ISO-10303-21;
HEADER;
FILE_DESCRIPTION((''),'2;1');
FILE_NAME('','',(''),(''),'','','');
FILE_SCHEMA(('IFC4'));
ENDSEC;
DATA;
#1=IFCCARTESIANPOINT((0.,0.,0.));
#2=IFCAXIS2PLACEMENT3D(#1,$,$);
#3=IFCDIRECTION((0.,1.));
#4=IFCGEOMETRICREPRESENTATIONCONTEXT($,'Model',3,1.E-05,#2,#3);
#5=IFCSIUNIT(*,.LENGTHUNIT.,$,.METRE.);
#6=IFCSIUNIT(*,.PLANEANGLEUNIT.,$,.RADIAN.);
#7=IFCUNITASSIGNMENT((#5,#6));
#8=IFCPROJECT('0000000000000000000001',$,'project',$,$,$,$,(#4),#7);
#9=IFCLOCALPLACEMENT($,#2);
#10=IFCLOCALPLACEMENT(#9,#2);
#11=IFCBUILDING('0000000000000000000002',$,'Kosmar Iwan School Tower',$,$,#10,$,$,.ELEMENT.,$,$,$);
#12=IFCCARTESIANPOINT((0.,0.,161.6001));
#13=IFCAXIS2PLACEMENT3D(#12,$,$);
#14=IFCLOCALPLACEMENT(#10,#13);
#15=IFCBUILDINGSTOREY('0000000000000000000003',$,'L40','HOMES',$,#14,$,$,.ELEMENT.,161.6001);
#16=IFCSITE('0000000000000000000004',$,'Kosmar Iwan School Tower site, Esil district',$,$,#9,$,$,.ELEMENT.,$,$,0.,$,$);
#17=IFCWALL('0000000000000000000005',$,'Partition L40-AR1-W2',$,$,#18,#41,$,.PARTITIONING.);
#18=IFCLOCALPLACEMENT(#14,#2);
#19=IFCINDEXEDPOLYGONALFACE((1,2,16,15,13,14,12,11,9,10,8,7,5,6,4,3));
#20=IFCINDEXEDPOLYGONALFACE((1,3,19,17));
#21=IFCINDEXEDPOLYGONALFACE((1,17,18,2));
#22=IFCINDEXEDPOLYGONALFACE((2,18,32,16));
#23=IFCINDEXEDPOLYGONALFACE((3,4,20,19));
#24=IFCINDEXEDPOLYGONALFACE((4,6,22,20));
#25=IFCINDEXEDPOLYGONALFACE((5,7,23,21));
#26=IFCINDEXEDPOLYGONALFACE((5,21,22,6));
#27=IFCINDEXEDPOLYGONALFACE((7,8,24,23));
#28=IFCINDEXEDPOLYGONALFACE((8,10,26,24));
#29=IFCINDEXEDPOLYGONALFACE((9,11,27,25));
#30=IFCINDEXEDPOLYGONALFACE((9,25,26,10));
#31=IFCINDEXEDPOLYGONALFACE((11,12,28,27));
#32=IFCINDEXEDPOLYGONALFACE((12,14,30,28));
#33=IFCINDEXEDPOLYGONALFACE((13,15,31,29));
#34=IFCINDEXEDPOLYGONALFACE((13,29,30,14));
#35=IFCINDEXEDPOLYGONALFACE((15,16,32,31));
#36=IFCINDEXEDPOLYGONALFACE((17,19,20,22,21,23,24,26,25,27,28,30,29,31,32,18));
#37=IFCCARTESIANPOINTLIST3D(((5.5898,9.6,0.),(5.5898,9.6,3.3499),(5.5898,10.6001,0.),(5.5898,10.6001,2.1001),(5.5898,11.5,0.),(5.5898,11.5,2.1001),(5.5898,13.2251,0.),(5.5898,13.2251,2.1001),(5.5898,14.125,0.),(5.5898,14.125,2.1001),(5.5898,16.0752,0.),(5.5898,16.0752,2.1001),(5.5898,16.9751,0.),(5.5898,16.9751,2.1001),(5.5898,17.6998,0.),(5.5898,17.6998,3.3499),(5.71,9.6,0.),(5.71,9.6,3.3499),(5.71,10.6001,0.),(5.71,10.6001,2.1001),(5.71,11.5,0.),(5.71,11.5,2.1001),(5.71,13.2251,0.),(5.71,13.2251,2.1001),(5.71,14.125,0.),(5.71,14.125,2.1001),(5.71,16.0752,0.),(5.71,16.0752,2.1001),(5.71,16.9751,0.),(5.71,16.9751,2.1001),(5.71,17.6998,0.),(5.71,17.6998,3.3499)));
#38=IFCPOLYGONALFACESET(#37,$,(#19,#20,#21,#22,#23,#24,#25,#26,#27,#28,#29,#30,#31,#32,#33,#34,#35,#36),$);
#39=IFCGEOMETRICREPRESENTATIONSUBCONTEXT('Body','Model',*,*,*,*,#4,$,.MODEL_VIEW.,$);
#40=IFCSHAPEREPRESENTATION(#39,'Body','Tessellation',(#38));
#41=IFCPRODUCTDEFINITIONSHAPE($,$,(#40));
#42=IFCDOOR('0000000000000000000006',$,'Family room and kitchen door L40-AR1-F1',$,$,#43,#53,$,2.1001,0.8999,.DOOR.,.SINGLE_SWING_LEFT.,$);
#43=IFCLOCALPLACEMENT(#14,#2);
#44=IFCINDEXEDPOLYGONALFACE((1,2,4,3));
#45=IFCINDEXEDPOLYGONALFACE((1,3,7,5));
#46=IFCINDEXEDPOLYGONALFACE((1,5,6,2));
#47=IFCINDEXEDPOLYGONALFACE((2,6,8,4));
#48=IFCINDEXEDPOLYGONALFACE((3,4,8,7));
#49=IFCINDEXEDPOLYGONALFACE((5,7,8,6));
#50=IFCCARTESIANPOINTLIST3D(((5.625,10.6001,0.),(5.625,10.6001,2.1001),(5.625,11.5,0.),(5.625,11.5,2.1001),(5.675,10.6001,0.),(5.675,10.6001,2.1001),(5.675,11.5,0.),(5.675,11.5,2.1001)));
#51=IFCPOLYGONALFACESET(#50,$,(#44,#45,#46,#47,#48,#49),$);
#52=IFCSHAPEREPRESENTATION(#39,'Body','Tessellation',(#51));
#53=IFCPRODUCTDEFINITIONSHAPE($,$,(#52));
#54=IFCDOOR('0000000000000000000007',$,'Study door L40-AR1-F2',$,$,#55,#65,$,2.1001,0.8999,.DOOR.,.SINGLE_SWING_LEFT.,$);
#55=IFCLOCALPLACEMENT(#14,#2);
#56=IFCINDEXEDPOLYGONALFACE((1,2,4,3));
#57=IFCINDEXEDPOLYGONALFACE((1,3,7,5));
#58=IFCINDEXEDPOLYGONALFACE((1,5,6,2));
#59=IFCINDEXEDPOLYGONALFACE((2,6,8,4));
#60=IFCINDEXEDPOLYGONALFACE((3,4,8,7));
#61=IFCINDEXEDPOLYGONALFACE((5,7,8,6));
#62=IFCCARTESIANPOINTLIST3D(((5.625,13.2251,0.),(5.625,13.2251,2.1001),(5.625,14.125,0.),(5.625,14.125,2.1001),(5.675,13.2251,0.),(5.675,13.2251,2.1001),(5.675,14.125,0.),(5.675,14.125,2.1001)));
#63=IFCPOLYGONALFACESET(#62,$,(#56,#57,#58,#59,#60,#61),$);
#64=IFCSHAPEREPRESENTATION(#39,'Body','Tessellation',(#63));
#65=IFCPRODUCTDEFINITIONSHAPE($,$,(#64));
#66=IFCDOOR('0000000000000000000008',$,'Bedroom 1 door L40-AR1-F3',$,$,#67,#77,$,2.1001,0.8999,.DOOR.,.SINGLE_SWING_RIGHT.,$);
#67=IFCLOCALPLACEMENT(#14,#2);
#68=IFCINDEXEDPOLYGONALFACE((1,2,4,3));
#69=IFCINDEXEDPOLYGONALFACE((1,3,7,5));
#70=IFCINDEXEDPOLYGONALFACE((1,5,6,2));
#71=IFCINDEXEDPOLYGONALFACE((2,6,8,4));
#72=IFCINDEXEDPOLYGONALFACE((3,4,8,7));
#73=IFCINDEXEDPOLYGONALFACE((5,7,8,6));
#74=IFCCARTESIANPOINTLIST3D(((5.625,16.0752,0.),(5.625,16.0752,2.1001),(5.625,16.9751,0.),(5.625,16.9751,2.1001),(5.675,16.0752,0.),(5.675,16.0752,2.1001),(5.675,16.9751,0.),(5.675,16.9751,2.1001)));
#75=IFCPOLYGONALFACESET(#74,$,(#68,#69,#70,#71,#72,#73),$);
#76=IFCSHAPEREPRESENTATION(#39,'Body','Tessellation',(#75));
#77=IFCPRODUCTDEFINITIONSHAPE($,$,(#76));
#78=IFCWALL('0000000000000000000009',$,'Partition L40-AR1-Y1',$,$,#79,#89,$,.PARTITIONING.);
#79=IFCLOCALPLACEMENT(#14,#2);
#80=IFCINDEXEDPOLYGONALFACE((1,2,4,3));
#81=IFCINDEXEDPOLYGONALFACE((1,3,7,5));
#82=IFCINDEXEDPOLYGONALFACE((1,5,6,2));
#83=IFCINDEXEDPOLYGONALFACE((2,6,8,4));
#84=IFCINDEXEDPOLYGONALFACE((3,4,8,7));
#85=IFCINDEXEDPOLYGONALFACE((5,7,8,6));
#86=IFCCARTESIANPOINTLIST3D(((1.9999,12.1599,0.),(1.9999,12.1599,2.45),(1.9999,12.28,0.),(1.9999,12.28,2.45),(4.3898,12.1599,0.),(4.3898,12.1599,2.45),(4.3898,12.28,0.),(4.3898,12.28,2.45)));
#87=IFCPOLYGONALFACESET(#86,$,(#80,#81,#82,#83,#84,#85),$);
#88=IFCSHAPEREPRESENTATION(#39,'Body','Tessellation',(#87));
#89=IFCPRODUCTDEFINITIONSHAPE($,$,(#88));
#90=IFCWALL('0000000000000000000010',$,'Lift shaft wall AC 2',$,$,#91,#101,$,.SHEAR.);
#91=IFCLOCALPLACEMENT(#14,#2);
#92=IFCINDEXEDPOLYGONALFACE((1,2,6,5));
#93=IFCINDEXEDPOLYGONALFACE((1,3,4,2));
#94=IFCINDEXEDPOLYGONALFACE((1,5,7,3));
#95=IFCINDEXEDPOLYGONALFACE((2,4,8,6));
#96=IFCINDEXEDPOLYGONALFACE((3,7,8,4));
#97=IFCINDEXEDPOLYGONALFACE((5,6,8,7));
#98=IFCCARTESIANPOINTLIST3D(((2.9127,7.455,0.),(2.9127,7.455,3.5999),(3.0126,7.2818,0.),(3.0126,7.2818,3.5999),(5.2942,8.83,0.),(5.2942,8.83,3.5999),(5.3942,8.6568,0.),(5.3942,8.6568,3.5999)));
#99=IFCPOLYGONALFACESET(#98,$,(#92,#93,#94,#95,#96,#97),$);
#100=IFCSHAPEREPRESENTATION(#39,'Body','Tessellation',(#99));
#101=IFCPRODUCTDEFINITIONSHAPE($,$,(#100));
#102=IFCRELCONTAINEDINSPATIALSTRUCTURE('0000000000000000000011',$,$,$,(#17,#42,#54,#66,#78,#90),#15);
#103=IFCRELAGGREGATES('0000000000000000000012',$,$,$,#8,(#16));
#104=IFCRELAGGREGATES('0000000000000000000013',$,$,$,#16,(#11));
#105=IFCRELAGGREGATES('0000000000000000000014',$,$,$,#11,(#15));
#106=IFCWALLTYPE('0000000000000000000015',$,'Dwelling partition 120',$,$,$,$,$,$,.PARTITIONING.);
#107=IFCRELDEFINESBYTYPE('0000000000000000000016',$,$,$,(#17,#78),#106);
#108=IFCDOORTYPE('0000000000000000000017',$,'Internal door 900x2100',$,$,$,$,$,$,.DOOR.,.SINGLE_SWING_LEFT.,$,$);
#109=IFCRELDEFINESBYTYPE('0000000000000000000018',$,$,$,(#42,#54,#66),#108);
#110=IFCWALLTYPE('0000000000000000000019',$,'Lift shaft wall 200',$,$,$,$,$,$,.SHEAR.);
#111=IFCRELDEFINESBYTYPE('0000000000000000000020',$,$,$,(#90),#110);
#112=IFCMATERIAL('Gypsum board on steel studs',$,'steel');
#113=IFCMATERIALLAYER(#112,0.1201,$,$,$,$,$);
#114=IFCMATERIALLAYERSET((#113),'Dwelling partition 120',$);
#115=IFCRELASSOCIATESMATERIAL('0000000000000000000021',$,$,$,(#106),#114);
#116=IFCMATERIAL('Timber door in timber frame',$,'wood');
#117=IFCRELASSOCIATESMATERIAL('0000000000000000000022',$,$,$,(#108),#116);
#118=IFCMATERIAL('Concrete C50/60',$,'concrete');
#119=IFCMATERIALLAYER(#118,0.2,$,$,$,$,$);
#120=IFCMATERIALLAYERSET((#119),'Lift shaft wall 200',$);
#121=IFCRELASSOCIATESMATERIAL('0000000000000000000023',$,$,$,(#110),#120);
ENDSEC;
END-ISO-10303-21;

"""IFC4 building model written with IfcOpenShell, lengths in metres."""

from ifc_helpers import new_model, si_unit, direction, frame, frame_2d, origin, place, context, subcontext, project, spatial, rectangle, extrude, material, layer, layer_set, type_object, element, fill, save


model = new_model("IFC4")

# Units and contexts
model_context = context("Model", 3, precision=1e-05, world=origin(), true_north=direction((0.0, 1.0)))
body_context = subcontext(model_context, "Body", "Model", "MODEL_VIEW")
ifc_project = project(units=[si_unit("LENGTHUNIT", "METRE"), si_unit("PLANEANGLEUNIT", "RADIAN")], contexts=[model_context])

# Site, building, storey
site_placement = place(None, origin())
site = spatial("IfcSite", under=ifc_project, at=site_placement, Name="Kosmar Iwan School Tower site, Esil district", CompositionType="ELEMENT", RefElevation=0.0)
building_placement = place(site_placement, origin())
building = spatial("IfcBuilding", under=site, at=building_placement, Name="Kosmar Iwan School Tower", CompositionType="ELEMENT")
storey_placement = place(building_placement, frame((0.0, 0.0, 161.6001)))
storey = spatial("IfcBuildingStorey", under=building, at=storey_placement, Name="L40", Description="HOMES", CompositionType="ELEMENT", Elevation=161.6001)

# Wall, openings, doors
ifc_material_1 = material(Name="Gypsum board on steel studs", Category="steel")
ifc_layer_1 = layer(ifc_material_1, 0.1201)
ifc_layer_set_1 = layer_set([ifc_layer_1], Name="Dwelling partition 120")
wall_type_1 = type_object("IfcWallType", Name="Dwelling partition 120", PredefinedType="PARTITIONING", material=ifc_layer_set_1)
ifc_material_2 = material(Name="Timber door in timber frame", Category="wood")
door_type_1 = type_object("IfcDoorType", Name="Internal door 900x2100", OperationType="SINGLE_SWING_LEFT", PredefinedType="DOOR", material=ifc_material_2)
wall_1_placement = place(storey_placement, frame((5.6499, 9.6001, 0.0), z_axis=(0.0, 0.0, 1.0), x_axis=(0.0, 1.0, 0.0)))
wall_1 = element("IfcWall", 1, at=wall_1_placement, inside=storey, type_object=wall_type_1, Name="Partition L40-AR1-W2", PredefinedType="PARTITIONING", context=body_context, shape_type="SweptSolid", body=[
    extrude(rectangle(XDim=8.0999, YDim=0.1201, at=frame_2d((4.0498, 0.0))), origin(), (0.0, 0.0, 1.0), 3.3499),
])
opening_1_placement = place(wall_1_placement, frame((1.0, 0.0, 0.0)))
opening_1 = element("IfcOpeningElement", 2, at=opening_1_placement, cuts=wall_1, PredefinedType="OPENING", context=body_context, shape_type="SweptSolid", body=[
    extrude(rectangle(XDim=0.8999, YDim=2.1001, at=frame_2d((0.45, 1.05))), frame((0.0, 0.072, 0.0), z_axis=(0.0, -1.0, 0.0), x_axis=(1.0, 0.0, 0.0)), (0.0, 0.0, 1.0), 0.144),
])
opening_2_placement = place(wall_1_placement, frame((3.625, 0.0, 0.0)))
opening_2 = element("IfcOpeningElement", 3, at=opening_2_placement, cuts=wall_1, PredefinedType="OPENING", context=body_context, shape_type="SweptSolid", body=[
    extrude(rectangle(XDim=0.8999, YDim=2.1001, at=frame_2d((0.45, 1.05))), frame((0.0, 0.072, 0.0), z_axis=(0.0, -1.0, 0.0), x_axis=(1.0, 0.0, 0.0)), (0.0, 0.0, 1.0), 0.144),
])
opening_3_placement = place(wall_1_placement, frame((6.4751, 0.0, 0.0)))
opening_3 = element("IfcOpeningElement", 4, at=opening_3_placement, cuts=wall_1, PredefinedType="OPENING", context=body_context, shape_type="SweptSolid", body=[
    extrude(rectangle(XDim=0.8999, YDim=2.1001, at=frame_2d((0.45, 1.05))), frame((0.0, 0.072, 0.0), z_axis=(0.0, -1.0, 0.0), x_axis=(1.0, 0.0, 0.0)), (0.0, 0.0, 1.0), 0.144),
])
door_1_placement = place(opening_1_placement, origin())
door_1 = element("IfcDoor", 5, at=door_1_placement, inside=storey, type_object=door_type_1, Name="Family room and kitchen door L40-AR1-F1", OperationType="SINGLE_SWING_LEFT", OverallHeight=2.1001, OverallWidth=0.8999, PredefinedType="DOOR", context=body_context, shape_type="SweptSolid", body=[
    extrude(rectangle(XDim=0.8999, YDim=2.1001, at=frame_2d((0.45, 1.05))), frame((0.0, 0.0249, 0.0), z_axis=(0.0, -1.0, 0.0), x_axis=(1.0, 0.0, 0.0)), (0.0, 0.0, 1.0), 0.05),
])
fill(opening_1, door_1)
door_2_placement = place(opening_2_placement, origin())
door_2 = element("IfcDoor", 6, at=door_2_placement, inside=storey, type_object=door_type_1, Name="Study door L40-AR1-F2", OperationType="SINGLE_SWING_LEFT", OverallHeight=2.1001, OverallWidth=0.8999, PredefinedType="DOOR", context=body_context, shape_type="SweptSolid", body=[
    extrude(rectangle(XDim=0.8999, YDim=2.1001, at=frame_2d((0.45, 1.05))), frame((0.0, 0.0249, 0.0), z_axis=(0.0, -1.0, 0.0), x_axis=(1.0, 0.0, 0.0)), (0.0, 0.0, 1.0), 0.05),
])
fill(opening_2, door_2)
door_3_placement = place(opening_3_placement, origin())
door_3 = element("IfcDoor", 7, at=door_3_placement, inside=storey, type_object=door_type_1, Name="Bedroom 1 door L40-AR1-F3", OperationType="SINGLE_SWING_RIGHT", OverallHeight=2.1001, OverallWidth=0.8999, PredefinedType="DOOR", context=body_context, shape_type="SweptSolid", body=[
    extrude(rectangle(XDim=0.8999, YDim=2.1001, at=frame_2d((0.45, 1.05))), frame((0.0, 0.0249, 0.0), z_axis=(0.0, -1.0, 0.0), x_axis=(1.0, 0.0, 0.0)), (0.0, 0.0, 1.0), 0.05),
])
fill(opening_3, door_3)

# Walls
wall_2_placement = place(storey_placement, frame((2.0, 12.22, 0.0), z_axis=(0.0, 0.0, 1.0), x_axis=(1.0, 0.0, 0.0)))
element("IfcWall", 8, at=wall_2_placement, inside=storey, type_object=wall_type_1, Name="Partition L40-AR1-Y1", PredefinedType="PARTITIONING", context=body_context, shape_type="SweptSolid", body=[
    extrude(rectangle(XDim=2.3899, YDim=0.1201, at=frame_2d((1.1948, 0.0))), origin(), (0.0, 0.0, 1.0), 2.45),
])
ifc_material_3 = material(Name="Concrete C50/60", Category="concrete")
ifc_layer_2 = layer(ifc_material_3, 0.2)
ifc_layer_set_2 = layer_set([ifc_layer_2], Name="Lift shaft wall 200")
wall_type_2 = type_object("IfcWallType", Name="Lift shaft wall 200", PredefinedType="SHEAR", material=ifc_layer_set_2)
wall_3_placement = place(storey_placement, frame((2.9626, 7.3684, 0.0), z_axis=(0.0, 0.0, 1.0), x_axis=(0.866027, 0.499997, 0.0)))
element("IfcWall", 9, at=wall_3_placement, inside=storey, type_object=wall_type_2, Name="Lift shaft wall AC 2", PredefinedType="SHEAR", context=body_context, shape_type="SweptSolid", body=[
    extrude(rectangle(XDim=2.75, YDim=0.2, at=frame_2d((1.375, 0.0))), origin(), (0.0, 0.0, 1.0), 3.5999),
])

save(model, "model.ifc")
